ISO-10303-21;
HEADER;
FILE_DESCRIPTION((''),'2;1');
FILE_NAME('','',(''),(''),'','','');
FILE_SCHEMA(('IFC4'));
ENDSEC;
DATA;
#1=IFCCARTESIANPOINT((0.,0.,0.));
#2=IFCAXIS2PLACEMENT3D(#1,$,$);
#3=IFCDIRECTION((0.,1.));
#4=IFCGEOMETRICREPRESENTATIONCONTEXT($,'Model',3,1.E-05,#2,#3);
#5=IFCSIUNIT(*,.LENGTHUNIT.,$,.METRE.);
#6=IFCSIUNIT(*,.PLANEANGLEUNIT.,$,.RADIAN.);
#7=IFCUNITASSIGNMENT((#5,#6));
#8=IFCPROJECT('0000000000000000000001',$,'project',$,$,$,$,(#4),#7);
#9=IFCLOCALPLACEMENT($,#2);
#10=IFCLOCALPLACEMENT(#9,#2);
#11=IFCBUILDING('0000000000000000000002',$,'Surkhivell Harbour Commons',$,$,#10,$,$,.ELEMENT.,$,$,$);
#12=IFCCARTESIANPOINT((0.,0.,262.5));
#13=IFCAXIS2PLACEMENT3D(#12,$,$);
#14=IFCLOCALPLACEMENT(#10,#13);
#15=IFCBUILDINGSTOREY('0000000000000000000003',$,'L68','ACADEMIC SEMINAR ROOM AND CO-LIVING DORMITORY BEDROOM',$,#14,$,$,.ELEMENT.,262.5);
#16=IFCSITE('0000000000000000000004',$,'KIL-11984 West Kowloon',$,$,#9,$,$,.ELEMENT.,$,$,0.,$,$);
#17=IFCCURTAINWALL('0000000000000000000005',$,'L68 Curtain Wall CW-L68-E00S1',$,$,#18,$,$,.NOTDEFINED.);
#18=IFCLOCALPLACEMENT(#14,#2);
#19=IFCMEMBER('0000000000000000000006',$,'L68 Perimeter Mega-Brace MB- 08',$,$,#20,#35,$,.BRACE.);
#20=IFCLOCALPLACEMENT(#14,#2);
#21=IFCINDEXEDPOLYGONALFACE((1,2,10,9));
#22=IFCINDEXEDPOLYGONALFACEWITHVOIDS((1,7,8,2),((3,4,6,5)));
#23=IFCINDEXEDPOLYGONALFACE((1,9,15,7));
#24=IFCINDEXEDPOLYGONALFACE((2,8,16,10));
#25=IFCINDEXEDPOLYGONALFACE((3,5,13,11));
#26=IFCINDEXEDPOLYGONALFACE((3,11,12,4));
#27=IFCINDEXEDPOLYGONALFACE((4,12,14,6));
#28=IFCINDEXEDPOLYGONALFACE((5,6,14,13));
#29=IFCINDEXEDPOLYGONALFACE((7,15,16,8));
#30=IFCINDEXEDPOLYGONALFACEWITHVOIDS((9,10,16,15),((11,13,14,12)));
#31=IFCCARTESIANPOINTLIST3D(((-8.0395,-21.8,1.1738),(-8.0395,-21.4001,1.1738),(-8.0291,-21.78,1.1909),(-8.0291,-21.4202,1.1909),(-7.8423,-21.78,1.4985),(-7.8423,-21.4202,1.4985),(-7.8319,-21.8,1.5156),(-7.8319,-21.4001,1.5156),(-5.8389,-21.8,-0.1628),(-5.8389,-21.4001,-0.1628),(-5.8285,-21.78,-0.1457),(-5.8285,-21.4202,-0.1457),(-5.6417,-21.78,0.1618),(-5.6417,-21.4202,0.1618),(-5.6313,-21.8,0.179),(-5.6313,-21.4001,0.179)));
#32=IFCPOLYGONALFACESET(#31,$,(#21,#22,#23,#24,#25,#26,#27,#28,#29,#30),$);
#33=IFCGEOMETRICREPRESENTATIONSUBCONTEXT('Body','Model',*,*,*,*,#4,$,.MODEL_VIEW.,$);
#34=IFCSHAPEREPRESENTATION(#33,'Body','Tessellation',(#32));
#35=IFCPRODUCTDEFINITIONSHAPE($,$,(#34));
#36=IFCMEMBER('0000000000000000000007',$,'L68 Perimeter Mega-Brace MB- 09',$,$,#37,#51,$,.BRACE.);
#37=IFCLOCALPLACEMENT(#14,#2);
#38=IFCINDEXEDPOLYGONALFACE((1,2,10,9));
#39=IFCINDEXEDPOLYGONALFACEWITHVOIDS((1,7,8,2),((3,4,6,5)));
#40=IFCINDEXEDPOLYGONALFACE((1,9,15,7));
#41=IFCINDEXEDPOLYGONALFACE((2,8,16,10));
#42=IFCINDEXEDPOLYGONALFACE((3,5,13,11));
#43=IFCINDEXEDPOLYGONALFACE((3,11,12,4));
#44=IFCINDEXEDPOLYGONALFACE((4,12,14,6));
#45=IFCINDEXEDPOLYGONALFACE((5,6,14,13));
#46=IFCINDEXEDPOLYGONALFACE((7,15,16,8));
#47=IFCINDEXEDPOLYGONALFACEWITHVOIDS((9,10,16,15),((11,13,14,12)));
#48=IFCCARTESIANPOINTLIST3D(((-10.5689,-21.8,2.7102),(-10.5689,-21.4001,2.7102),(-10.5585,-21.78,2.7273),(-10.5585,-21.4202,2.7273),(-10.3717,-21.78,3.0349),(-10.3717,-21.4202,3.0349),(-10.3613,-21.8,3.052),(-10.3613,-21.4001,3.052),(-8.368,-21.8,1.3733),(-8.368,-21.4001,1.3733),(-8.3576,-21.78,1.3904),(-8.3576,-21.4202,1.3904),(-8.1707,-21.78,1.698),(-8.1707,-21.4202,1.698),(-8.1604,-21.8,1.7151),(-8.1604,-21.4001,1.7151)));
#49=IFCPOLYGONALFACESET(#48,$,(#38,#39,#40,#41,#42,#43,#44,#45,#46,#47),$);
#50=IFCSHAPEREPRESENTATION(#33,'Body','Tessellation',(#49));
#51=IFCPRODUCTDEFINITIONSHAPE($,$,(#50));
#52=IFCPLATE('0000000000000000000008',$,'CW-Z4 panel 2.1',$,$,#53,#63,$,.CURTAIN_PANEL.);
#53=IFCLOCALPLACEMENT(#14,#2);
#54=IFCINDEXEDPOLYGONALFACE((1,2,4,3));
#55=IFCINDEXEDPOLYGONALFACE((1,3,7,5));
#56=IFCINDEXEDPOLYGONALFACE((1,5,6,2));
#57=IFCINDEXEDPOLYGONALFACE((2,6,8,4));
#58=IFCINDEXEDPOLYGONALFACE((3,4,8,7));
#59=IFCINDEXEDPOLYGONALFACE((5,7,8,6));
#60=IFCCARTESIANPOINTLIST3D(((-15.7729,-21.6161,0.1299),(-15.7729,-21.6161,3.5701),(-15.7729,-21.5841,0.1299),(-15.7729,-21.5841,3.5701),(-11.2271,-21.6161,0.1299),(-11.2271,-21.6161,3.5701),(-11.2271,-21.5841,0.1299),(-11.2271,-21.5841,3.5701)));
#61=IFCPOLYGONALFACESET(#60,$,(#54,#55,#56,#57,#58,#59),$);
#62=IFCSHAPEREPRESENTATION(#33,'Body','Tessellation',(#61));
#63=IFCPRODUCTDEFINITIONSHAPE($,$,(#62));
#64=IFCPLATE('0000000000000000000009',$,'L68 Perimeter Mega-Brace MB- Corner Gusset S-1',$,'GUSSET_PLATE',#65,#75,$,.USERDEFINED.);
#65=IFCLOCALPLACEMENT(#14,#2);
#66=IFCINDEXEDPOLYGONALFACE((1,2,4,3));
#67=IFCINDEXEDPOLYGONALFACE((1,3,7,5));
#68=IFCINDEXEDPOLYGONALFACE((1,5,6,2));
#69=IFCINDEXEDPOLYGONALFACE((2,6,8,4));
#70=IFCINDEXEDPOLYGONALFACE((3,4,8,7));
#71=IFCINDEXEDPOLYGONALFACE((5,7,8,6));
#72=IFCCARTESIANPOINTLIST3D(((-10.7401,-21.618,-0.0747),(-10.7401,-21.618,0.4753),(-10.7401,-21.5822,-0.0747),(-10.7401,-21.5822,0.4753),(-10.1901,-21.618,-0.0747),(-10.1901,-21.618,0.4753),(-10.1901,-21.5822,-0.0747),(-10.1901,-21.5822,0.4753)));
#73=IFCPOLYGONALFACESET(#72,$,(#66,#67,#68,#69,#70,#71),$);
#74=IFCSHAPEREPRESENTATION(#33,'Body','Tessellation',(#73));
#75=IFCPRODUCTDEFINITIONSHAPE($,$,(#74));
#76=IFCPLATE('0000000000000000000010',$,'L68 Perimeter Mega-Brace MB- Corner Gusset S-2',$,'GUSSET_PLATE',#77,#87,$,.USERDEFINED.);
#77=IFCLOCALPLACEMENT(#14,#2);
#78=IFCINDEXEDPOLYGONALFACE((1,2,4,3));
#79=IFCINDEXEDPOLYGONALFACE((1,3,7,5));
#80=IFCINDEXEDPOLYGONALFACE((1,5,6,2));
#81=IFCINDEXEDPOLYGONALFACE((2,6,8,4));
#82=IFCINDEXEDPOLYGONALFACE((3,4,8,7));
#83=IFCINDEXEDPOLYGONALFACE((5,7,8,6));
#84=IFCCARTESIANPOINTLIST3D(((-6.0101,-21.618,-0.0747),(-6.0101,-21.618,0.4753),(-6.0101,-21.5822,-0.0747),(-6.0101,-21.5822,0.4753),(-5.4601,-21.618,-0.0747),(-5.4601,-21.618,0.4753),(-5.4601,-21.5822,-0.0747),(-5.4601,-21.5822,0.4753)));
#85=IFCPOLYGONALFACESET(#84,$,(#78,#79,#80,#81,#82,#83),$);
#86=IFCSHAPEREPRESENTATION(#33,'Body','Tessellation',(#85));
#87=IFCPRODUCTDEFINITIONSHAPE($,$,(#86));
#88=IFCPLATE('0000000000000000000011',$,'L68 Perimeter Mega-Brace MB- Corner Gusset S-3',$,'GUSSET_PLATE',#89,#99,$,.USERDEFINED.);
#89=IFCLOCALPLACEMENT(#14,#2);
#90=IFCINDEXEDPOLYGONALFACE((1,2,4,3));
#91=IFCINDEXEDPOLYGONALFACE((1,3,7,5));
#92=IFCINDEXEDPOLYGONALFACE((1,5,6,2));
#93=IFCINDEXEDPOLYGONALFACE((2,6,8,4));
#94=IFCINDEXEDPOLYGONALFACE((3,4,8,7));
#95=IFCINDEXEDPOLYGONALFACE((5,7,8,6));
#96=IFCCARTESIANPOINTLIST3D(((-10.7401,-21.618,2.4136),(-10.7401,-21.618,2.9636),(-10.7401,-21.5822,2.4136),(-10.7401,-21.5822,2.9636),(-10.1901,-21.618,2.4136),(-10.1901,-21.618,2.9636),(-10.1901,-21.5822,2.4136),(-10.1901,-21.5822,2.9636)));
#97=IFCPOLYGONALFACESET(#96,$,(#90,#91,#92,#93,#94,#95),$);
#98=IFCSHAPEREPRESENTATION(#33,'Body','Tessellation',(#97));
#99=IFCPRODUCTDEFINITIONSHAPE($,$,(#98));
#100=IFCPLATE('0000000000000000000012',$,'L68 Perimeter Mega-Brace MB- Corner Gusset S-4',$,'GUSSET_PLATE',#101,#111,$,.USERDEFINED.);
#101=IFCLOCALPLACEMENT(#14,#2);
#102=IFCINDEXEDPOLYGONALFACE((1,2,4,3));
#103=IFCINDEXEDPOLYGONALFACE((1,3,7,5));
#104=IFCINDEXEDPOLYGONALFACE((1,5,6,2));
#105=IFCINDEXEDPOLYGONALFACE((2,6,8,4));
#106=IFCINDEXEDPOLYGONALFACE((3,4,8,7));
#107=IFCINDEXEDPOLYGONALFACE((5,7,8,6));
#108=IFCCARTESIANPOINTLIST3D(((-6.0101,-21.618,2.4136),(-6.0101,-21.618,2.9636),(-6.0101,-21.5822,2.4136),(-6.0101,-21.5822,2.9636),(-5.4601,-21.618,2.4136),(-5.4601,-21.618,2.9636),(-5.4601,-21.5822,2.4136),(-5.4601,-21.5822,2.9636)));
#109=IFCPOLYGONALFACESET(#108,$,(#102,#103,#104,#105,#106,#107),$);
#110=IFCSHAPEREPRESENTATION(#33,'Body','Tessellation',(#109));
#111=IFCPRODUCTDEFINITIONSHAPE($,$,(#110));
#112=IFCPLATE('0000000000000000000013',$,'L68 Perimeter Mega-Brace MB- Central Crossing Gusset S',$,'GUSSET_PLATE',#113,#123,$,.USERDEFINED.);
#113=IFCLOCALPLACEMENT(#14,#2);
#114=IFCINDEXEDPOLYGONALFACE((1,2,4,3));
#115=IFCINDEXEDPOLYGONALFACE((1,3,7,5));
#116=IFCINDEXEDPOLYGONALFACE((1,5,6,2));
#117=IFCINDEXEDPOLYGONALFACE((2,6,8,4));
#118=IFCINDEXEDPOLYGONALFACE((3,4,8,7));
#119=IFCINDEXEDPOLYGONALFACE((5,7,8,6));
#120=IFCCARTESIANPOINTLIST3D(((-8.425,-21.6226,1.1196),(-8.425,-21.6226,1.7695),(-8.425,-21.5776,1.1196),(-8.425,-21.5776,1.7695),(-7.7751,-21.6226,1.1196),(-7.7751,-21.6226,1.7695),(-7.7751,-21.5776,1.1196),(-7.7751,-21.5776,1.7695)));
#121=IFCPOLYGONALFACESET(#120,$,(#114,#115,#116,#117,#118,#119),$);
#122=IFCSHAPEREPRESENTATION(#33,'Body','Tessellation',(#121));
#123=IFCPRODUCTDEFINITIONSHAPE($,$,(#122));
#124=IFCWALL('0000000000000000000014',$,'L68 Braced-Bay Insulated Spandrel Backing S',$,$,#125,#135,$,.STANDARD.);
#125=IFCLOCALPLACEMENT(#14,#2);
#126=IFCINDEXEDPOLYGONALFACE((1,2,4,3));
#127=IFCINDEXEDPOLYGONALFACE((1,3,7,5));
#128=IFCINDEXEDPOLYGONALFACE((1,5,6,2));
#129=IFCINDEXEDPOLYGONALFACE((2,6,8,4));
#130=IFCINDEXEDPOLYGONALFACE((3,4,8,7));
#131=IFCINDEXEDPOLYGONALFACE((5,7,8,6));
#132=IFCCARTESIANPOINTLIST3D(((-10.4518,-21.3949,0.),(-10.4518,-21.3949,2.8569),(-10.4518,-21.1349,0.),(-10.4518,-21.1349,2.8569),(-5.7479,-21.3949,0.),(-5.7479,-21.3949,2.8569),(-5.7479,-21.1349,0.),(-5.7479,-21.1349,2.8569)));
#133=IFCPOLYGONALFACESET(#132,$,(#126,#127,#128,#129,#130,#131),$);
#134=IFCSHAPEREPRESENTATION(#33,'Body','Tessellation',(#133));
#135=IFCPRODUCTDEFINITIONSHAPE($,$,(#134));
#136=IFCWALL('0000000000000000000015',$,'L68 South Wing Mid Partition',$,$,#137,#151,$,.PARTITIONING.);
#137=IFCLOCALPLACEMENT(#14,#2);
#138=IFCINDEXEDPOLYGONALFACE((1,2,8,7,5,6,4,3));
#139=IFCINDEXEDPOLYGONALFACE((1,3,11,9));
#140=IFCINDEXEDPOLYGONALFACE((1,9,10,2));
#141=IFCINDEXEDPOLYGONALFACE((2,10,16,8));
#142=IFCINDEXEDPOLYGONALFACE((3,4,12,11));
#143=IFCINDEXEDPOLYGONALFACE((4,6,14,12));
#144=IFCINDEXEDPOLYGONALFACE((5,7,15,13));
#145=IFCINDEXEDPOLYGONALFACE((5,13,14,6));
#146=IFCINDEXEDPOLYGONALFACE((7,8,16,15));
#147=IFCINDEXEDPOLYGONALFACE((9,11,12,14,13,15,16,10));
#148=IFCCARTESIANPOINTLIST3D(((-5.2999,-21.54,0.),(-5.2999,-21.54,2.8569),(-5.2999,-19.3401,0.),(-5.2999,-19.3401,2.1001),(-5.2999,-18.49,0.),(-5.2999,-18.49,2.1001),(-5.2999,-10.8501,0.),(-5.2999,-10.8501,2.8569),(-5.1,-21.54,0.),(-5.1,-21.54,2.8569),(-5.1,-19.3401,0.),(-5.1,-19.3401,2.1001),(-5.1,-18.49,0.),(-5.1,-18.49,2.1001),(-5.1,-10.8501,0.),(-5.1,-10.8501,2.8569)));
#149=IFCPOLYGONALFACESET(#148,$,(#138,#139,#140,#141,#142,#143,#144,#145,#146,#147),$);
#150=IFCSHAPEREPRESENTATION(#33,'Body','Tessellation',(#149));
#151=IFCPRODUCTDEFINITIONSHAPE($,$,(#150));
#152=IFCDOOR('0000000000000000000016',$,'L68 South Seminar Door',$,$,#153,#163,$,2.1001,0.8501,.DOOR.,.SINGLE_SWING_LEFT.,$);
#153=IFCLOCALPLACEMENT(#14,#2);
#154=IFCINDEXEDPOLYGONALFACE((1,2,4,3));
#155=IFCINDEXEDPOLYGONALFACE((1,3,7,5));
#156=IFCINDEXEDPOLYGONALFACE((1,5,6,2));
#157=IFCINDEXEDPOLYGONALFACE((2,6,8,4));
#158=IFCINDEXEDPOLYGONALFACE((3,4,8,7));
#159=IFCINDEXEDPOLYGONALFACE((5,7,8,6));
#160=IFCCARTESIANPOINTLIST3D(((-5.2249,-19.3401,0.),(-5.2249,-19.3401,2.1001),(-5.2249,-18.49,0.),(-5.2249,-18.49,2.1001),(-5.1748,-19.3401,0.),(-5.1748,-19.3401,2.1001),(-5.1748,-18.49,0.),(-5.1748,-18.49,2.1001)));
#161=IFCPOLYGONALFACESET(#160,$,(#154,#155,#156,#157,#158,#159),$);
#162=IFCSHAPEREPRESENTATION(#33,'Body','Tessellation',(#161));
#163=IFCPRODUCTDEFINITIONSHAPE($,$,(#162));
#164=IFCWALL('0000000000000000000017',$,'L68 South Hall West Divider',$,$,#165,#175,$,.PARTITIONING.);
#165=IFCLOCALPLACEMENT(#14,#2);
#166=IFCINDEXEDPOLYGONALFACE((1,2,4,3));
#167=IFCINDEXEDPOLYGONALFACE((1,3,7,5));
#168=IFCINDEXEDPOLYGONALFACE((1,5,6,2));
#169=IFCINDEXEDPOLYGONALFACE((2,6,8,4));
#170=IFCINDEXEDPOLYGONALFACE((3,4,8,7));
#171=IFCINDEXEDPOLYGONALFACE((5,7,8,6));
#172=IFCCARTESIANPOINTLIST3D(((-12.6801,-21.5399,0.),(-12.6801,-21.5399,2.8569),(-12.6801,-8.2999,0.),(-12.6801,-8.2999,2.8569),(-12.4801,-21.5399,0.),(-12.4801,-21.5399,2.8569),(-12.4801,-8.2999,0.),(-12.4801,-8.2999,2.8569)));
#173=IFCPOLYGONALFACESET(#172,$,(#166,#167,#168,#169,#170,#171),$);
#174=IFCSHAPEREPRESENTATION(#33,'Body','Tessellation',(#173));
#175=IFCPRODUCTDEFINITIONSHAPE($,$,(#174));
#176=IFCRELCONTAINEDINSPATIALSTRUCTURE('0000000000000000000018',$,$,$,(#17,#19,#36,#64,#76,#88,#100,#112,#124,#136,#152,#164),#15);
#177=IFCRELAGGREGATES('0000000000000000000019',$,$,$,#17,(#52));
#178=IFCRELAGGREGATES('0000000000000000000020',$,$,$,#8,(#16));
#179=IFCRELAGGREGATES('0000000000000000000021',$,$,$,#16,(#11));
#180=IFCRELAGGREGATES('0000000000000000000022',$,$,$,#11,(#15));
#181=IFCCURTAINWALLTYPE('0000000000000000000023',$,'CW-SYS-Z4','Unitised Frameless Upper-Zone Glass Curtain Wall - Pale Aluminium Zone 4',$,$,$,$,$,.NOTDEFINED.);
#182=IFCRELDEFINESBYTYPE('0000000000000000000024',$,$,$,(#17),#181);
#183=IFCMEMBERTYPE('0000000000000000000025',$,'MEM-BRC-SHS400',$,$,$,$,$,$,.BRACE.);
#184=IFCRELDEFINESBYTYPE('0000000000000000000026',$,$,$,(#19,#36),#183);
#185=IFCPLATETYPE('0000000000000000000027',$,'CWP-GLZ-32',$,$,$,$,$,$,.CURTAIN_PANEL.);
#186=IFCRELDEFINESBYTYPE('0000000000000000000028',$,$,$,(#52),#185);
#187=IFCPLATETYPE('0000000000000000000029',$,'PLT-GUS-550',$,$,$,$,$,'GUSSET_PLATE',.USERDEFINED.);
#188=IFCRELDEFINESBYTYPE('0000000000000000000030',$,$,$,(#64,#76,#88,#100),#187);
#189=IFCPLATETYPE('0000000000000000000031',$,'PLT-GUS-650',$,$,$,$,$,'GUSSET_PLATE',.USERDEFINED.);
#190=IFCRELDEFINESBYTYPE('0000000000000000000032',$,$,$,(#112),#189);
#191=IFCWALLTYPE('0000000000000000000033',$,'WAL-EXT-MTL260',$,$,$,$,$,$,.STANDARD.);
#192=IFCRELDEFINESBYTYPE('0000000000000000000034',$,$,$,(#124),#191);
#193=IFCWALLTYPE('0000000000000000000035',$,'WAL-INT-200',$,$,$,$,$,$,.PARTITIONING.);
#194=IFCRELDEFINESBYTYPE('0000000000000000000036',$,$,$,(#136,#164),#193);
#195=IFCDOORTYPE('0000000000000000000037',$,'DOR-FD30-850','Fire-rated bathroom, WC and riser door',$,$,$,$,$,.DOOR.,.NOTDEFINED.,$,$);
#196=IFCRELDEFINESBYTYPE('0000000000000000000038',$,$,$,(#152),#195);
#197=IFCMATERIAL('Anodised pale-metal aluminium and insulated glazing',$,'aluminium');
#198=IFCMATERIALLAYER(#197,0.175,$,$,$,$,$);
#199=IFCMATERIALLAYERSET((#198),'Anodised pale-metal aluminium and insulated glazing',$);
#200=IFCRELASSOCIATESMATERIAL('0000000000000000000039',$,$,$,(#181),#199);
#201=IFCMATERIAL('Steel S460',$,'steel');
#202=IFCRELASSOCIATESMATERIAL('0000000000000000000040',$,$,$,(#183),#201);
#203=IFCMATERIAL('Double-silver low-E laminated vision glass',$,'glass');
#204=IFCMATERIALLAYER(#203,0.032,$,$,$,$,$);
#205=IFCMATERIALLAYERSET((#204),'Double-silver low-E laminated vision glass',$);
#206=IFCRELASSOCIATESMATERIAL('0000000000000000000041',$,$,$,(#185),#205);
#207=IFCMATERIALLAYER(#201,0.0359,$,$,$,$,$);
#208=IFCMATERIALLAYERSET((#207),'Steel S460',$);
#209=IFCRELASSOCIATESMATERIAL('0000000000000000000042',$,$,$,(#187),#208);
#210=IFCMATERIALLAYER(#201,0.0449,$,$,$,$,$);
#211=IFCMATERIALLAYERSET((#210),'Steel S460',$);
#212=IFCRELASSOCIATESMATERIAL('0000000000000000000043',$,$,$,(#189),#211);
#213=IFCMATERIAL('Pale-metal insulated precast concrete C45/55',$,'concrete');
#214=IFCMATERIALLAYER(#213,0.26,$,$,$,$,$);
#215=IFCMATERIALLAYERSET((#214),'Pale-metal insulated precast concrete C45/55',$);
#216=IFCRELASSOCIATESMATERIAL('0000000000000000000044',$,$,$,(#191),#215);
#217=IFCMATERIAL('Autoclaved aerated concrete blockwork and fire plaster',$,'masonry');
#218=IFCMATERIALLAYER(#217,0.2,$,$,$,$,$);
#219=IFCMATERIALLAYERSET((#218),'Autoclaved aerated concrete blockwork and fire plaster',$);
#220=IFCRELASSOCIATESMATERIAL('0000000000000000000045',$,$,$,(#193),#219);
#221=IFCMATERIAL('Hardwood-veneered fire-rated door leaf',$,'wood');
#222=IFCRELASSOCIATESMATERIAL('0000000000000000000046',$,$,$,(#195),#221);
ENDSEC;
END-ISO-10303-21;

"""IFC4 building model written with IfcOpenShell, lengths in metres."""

from ifc_helpers import new_model, si_unit, direction, frame, frame_2d, origin, origin_2d, place, context, subcontext, project, spatial, rectangle, hollow_rectangle, extrude, material, layer, layer_set, material_profile, profile_set, type_object, element, fill, aggregate, save


model = new_model("IFC4")

# Units and contexts
model_context = context("Model", 3, precision=1e-05, world=origin(), true_north=direction((0.0, 1.0)))
body_context = subcontext(model_context, "Body", "Model", "MODEL_VIEW")
ifc_project = project(units=[si_unit("LENGTHUNIT", "METRE"), si_unit("PLANEANGLEUNIT", "RADIAN")], contexts=[model_context])

# Site, building, storey
site_placement = place(None, origin())
site = spatial("IfcSite", under=ifc_project, at=site_placement, Name="KIL-11984 West Kowloon", CompositionType="ELEMENT", RefElevation=0.0)
building_placement = place(site_placement, origin())
building = spatial("IfcBuilding", under=site, at=building_placement, Name="Surkhivell Harbour Commons", CompositionType="ELEMENT")
storey_placement = place(building_placement, frame((0.0, 0.0, 262.5)))
storey = spatial("IfcBuildingStorey", under=building, at=storey_placement, Name="L68", Description="ACADEMIC SEMINAR ROOM AND CO-LIVING DORMITORY BEDROOM", CompositionType="ELEMENT", Elevation=262.5)

# Curtain wall
ifc_material_1 = material(Name="Anodised pale-metal aluminium and insulated glazing", Category="aluminium")
ifc_layer_1 = layer(ifc_material_1, 0.175)
ifc_layer_set_1 = layer_set([ifc_layer_1], Name="Anodised pale-metal aluminium and insulated glazing")
curtain_wall_type = type_object("IfcCurtainWallType", Name="CW-SYS-Z4", Description="Unitised Frameless Upper-Zone Glass Curtain Wall - Pale Aluminium Zone 4", PredefinedType="NOTDEFINED", material=ifc_layer_set_1)
curtain_wall_placement = place(storey_placement, origin())
curtain_wall = element("IfcCurtainWall", 1, at=curtain_wall_placement, inside=storey, type_object=curtain_wall_type, Name="L68 Curtain Wall CW-L68-E00S1", PredefinedType="NOTDEFINED")

# Members
ifc_material_2 = material(Name="Steel S460", Category="steel")
ifc_material_profile_1 = material_profile(ifc_material_2, hollow_rectangle(XDim=0.3999, YDim=0.3999, WallThickness=0.02, at=origin_2d()), Name="SHS400x400x20")
ifc_profile_set_1 = profile_set([ifc_material_profile_1], Name="Steel S460")
member_type_1 = type_object("IfcMemberType", Name="MEM-BRC-SHS400", PredefinedType="BRACE", material=ifc_profile_set_1)
member_1_placement = place(storey_placement, frame((-5.7351, -21.6001, 0.0081), z_axis=(-0.854694, 0.0, 0.519132), x_axis=(0.0, -1.0, 0.0)))
element("IfcMember", 2, at=member_1_placement, inside=storey, type_object=member_type_1, Name="L68 Perimeter Mega-Brace MB- 08", PredefinedType="BRACE", context=body_context, shape_type="SweptSolid", body=[
    extrude(hollow_rectangle(XDim=0.3999, YDim=0.3999, WallThickness=0.02, at=origin_2d()), origin(), (0.0, 0.0, 1.0), 2.5747),
])
member_2_placement = place(storey_placement, frame((-8.2642, -21.6001, 1.5442), z_axis=(-0.854678, 0.0, 0.519159), x_axis=(0.0, -1.0, 0.0)))
element("IfcMember", 3, at=member_2_placement, inside=storey, type_object=member_type_1, Name="L68 Perimeter Mega-Brace MB- 09", PredefinedType="BRACE", context=body_context, shape_type="SweptSolid", body=[
    extrude(hollow_rectangle(XDim=0.3999, YDim=0.3999, WallThickness=0.02, at=origin_2d()), origin(), (0.0, 0.0, 1.0), 2.5752),
])

# Plate
ifc_material_3 = material(Name="Double-silver low-E laminated vision glass", Category="glass")
ifc_layer_2 = layer(ifc_material_3, 0.032)
ifc_layer_set_2 = layer_set([ifc_layer_2], Name="Double-silver low-E laminated vision glass")
plate_type_1 = type_object("IfcPlateType", Name="CWP-GLZ-32", PredefinedType="CURTAIN_PANEL", material=ifc_layer_set_2)
plate_1_placement = place(storey_placement, frame((-15.7729, -21.6001, 0.1299), z_axis=(0.0, 0.0, 1.0), x_axis=(1.0, 0.0, 0.0)))
plate_1 = element("IfcPlate", 4, at=plate_1_placement, type_object=plate_type_1, Name="CW-Z4 panel 2.1", PredefinedType="CURTAIN_PANEL", context=body_context, shape_type="SweptSolid", body=[
    extrude(rectangle(XDim=4.5459, YDim=0.032, at=frame_2d((2.2729, 0.0))), origin(), (0.0, 0.0, 1.0), 3.4402),
])
aggregate(curtain_wall, [plate_1])

# Plates
ifc_layer_3 = layer(ifc_material_2, 0.0359)
ifc_layer_set_3 = layer_set([ifc_layer_3], Name="Steel S460")
plate_type_2 = type_object("IfcPlateType", Name="PLT-GUS-550", ElementType="GUSSET_PLATE", PredefinedType="USERDEFINED", material=ifc_layer_set_3)
for number, where, z_axis, x_axis, name in (
    (5, (-10.4651, -21.6001, -0.0747), (0.0, 0.0, 1.0), (1.0, 0.0, 0.0), "L68 Perimeter Mega-Brace MB- Corner Gusset S-1"),
    (6, (-5.7351, -21.6001, -0.0747), (0.0, 0.0, 1.0), (1.0, 0.0, 0.0), "L68 Perimeter Mega-Brace MB- Corner Gusset S-2"),
    (7, (-10.4651, -21.6001, 2.4136), (0.0, 0.0, 1.0), (1.0, 0.0, 0.0), "L68 Perimeter Mega-Brace MB- Corner Gusset S-3"),
    (8, (-5.7351, -21.6001, 2.4136), (0.0, 0.0, 1.0), (1.0, 0.0, 0.0), "L68 Perimeter Mega-Brace MB- Corner Gusset S-4"),
):
    element("IfcPlate", number, at=place(storey_placement, frame(where, z_axis=z_axis, x_axis=x_axis)), inside=storey, type_object=plate_type_2, Name=name, ObjectType="GUSSET_PLATE", PredefinedType="USERDEFINED", context=body_context, shape_type="SweptSolid", body=[
        extrude(rectangle(XDim=0.55, YDim=0.0359, at=origin_2d()), origin(), (0.0, 0.0, 1.0), 0.55),
    ])
ifc_layer_4 = layer(ifc_material_2, 0.0449)
ifc_layer_set_4 = layer_set([ifc_layer_4], Name="Steel S460")
plate_type_3 = type_object("IfcPlateType", Name="PLT-GUS-650", ElementType="GUSSET_PLATE", PredefinedType="USERDEFINED", material=ifc_layer_set_4)
plate_2_placement = place(storey_placement, frame((-8.1001, -21.6001, 1.1196), z_axis=(0.0, 0.0, 1.0), x_axis=(1.0, 0.0, 0.0)))
element("IfcPlate", 9, at=plate_2_placement, inside=storey, type_object=plate_type_3, Name="L68 Perimeter Mega-Brace MB- Central Crossing Gusset S", ObjectType="GUSSET_PLATE", PredefinedType="USERDEFINED", context=body_context, shape_type="SweptSolid", body=[
    extrude(rectangle(XDim=0.6499, YDim=0.0449, at=origin_2d()), origin(), (0.0, 0.0, 1.0), 0.6499),
])

# Wall
ifc_material_4 = material(Name="Pale-metal insulated precast concrete C45/55", Category="concrete")
ifc_layer_5 = layer(ifc_material_4, 0.26)
ifc_layer_set_5 = layer_set([ifc_layer_5], Name="Pale-metal insulated precast concrete C45/55")
wall_type_1 = type_object("IfcWallType", Name="WAL-EXT-MTL260", PredefinedType="STANDARD", material=ifc_layer_set_5)
wall_1_placement = place(storey_placement, frame((-10.4519, -21.2649, 0.0), z_axis=(0.0, 0.0, 1.0), x_axis=(1.0, 0.0, 0.0)))
element("IfcWall", 10, at=wall_1_placement, inside=storey, type_object=wall_type_1, Name="L68 Braced-Bay Insulated Spandrel Backing S", PredefinedType="STANDARD", context=body_context, shape_type="SweptSolid", body=[
    extrude(rectangle(XDim=4.7039, YDim=0.26, at=frame_2d((2.3521, 0.0))), origin(), (0.0, 0.0, 1.0), 2.8569),
])

# Wall, opening, door
ifc_material_5 = material(Name="Autoclaved aerated concrete blockwork and fire plaster", Category="masonry")
ifc_layer_6 = layer(ifc_material_5, 0.2)
ifc_layer_set_6 = layer_set([ifc_layer_6], Name="Autoclaved aerated concrete blockwork and fire plaster")
wall_type_2 = type_object("IfcWallType", Name="WAL-INT-200", PredefinedType="PARTITIONING", material=ifc_layer_set_6)
wall_2_placement = place(storey_placement, frame((-5.2, -21.54, 0.0), z_axis=(0.0, 0.0, 1.0), x_axis=(0.0, 1.0, 0.0)))
wall_2 = element("IfcWall", 11, at=wall_2_placement, inside=storey, type_object=wall_type_2, Name="L68 South Wing Mid Partition", PredefinedType="PARTITIONING", context=body_context, shape_type="SweptSolid", body=[
    extrude(rectangle(XDim=10.6899, YDim=0.2, at=frame_2d((5.345, 0.0))), origin(), (0.0, 0.0, 1.0), 2.8569),
])
opening_placement = place(wall_2_placement, frame((2.2, 0.0, 0.0)))
opening = element("IfcOpeningElement", 12, at=opening_placement, cuts=wall_2, PredefinedType="OPENING", context=body_context, shape_type="SweptSolid", body=[
    extrude(rectangle(XDim=0.8501, YDim=2.1001, at=frame_2d((0.425, 1.05))), frame((0.0, 0.1099, 0.0), z_axis=(0.0, -1.0, 0.0), x_axis=(1.0, 0.0, 0.0)), (0.0, 0.0, 1.0), 0.22),
])
ifc_material_6 = material(Name="Hardwood-veneered fire-rated door leaf", Category="wood")
door_type = type_object("IfcDoorType", Name="DOR-FD30-850", Description="Fire-rated bathroom, WC and riser door", OperationType="NOTDEFINED", PredefinedType="DOOR", material=ifc_material_6)
door_placement = place(opening_placement, origin())
door = element("IfcDoor", 13, at=door_placement, inside=storey, type_object=door_type, Name="L68 South Seminar Door", OperationType="SINGLE_SWING_LEFT", OverallHeight=2.1001, OverallWidth=0.8501, PredefinedType="DOOR", context=body_context, shape_type="SweptSolid", body=[
    extrude(rectangle(XDim=0.8501, YDim=2.1001, at=frame_2d((0.425, 1.05))), frame((0.0, 0.0249, 0.0), z_axis=(0.0, -1.0, 0.0), x_axis=(1.0, 0.0, 0.0)), (0.0, 0.0, 1.0), 0.05),
])
fill(opening, door)

# Wall
wall_3_placement = place(storey_placement, frame((-12.5801, -21.54, 0.0), z_axis=(0.0, 0.0, 1.0), x_axis=(0.0, 1.0, 0.0)))
element("IfcWall", 14, at=wall_3_placement, inside=storey, type_object=wall_type_2, Name="L68 South Hall West Divider", PredefinedType="PARTITIONING", context=body_context, shape_type="SweptSolid", body=[
    extrude(rectangle(XDim=13.24, YDim=0.2, at=frame_2d((6.6201, 0.0))), origin(), (0.0, 0.0, 1.0), 2.8569),
])

save(model, "model.ifc")
